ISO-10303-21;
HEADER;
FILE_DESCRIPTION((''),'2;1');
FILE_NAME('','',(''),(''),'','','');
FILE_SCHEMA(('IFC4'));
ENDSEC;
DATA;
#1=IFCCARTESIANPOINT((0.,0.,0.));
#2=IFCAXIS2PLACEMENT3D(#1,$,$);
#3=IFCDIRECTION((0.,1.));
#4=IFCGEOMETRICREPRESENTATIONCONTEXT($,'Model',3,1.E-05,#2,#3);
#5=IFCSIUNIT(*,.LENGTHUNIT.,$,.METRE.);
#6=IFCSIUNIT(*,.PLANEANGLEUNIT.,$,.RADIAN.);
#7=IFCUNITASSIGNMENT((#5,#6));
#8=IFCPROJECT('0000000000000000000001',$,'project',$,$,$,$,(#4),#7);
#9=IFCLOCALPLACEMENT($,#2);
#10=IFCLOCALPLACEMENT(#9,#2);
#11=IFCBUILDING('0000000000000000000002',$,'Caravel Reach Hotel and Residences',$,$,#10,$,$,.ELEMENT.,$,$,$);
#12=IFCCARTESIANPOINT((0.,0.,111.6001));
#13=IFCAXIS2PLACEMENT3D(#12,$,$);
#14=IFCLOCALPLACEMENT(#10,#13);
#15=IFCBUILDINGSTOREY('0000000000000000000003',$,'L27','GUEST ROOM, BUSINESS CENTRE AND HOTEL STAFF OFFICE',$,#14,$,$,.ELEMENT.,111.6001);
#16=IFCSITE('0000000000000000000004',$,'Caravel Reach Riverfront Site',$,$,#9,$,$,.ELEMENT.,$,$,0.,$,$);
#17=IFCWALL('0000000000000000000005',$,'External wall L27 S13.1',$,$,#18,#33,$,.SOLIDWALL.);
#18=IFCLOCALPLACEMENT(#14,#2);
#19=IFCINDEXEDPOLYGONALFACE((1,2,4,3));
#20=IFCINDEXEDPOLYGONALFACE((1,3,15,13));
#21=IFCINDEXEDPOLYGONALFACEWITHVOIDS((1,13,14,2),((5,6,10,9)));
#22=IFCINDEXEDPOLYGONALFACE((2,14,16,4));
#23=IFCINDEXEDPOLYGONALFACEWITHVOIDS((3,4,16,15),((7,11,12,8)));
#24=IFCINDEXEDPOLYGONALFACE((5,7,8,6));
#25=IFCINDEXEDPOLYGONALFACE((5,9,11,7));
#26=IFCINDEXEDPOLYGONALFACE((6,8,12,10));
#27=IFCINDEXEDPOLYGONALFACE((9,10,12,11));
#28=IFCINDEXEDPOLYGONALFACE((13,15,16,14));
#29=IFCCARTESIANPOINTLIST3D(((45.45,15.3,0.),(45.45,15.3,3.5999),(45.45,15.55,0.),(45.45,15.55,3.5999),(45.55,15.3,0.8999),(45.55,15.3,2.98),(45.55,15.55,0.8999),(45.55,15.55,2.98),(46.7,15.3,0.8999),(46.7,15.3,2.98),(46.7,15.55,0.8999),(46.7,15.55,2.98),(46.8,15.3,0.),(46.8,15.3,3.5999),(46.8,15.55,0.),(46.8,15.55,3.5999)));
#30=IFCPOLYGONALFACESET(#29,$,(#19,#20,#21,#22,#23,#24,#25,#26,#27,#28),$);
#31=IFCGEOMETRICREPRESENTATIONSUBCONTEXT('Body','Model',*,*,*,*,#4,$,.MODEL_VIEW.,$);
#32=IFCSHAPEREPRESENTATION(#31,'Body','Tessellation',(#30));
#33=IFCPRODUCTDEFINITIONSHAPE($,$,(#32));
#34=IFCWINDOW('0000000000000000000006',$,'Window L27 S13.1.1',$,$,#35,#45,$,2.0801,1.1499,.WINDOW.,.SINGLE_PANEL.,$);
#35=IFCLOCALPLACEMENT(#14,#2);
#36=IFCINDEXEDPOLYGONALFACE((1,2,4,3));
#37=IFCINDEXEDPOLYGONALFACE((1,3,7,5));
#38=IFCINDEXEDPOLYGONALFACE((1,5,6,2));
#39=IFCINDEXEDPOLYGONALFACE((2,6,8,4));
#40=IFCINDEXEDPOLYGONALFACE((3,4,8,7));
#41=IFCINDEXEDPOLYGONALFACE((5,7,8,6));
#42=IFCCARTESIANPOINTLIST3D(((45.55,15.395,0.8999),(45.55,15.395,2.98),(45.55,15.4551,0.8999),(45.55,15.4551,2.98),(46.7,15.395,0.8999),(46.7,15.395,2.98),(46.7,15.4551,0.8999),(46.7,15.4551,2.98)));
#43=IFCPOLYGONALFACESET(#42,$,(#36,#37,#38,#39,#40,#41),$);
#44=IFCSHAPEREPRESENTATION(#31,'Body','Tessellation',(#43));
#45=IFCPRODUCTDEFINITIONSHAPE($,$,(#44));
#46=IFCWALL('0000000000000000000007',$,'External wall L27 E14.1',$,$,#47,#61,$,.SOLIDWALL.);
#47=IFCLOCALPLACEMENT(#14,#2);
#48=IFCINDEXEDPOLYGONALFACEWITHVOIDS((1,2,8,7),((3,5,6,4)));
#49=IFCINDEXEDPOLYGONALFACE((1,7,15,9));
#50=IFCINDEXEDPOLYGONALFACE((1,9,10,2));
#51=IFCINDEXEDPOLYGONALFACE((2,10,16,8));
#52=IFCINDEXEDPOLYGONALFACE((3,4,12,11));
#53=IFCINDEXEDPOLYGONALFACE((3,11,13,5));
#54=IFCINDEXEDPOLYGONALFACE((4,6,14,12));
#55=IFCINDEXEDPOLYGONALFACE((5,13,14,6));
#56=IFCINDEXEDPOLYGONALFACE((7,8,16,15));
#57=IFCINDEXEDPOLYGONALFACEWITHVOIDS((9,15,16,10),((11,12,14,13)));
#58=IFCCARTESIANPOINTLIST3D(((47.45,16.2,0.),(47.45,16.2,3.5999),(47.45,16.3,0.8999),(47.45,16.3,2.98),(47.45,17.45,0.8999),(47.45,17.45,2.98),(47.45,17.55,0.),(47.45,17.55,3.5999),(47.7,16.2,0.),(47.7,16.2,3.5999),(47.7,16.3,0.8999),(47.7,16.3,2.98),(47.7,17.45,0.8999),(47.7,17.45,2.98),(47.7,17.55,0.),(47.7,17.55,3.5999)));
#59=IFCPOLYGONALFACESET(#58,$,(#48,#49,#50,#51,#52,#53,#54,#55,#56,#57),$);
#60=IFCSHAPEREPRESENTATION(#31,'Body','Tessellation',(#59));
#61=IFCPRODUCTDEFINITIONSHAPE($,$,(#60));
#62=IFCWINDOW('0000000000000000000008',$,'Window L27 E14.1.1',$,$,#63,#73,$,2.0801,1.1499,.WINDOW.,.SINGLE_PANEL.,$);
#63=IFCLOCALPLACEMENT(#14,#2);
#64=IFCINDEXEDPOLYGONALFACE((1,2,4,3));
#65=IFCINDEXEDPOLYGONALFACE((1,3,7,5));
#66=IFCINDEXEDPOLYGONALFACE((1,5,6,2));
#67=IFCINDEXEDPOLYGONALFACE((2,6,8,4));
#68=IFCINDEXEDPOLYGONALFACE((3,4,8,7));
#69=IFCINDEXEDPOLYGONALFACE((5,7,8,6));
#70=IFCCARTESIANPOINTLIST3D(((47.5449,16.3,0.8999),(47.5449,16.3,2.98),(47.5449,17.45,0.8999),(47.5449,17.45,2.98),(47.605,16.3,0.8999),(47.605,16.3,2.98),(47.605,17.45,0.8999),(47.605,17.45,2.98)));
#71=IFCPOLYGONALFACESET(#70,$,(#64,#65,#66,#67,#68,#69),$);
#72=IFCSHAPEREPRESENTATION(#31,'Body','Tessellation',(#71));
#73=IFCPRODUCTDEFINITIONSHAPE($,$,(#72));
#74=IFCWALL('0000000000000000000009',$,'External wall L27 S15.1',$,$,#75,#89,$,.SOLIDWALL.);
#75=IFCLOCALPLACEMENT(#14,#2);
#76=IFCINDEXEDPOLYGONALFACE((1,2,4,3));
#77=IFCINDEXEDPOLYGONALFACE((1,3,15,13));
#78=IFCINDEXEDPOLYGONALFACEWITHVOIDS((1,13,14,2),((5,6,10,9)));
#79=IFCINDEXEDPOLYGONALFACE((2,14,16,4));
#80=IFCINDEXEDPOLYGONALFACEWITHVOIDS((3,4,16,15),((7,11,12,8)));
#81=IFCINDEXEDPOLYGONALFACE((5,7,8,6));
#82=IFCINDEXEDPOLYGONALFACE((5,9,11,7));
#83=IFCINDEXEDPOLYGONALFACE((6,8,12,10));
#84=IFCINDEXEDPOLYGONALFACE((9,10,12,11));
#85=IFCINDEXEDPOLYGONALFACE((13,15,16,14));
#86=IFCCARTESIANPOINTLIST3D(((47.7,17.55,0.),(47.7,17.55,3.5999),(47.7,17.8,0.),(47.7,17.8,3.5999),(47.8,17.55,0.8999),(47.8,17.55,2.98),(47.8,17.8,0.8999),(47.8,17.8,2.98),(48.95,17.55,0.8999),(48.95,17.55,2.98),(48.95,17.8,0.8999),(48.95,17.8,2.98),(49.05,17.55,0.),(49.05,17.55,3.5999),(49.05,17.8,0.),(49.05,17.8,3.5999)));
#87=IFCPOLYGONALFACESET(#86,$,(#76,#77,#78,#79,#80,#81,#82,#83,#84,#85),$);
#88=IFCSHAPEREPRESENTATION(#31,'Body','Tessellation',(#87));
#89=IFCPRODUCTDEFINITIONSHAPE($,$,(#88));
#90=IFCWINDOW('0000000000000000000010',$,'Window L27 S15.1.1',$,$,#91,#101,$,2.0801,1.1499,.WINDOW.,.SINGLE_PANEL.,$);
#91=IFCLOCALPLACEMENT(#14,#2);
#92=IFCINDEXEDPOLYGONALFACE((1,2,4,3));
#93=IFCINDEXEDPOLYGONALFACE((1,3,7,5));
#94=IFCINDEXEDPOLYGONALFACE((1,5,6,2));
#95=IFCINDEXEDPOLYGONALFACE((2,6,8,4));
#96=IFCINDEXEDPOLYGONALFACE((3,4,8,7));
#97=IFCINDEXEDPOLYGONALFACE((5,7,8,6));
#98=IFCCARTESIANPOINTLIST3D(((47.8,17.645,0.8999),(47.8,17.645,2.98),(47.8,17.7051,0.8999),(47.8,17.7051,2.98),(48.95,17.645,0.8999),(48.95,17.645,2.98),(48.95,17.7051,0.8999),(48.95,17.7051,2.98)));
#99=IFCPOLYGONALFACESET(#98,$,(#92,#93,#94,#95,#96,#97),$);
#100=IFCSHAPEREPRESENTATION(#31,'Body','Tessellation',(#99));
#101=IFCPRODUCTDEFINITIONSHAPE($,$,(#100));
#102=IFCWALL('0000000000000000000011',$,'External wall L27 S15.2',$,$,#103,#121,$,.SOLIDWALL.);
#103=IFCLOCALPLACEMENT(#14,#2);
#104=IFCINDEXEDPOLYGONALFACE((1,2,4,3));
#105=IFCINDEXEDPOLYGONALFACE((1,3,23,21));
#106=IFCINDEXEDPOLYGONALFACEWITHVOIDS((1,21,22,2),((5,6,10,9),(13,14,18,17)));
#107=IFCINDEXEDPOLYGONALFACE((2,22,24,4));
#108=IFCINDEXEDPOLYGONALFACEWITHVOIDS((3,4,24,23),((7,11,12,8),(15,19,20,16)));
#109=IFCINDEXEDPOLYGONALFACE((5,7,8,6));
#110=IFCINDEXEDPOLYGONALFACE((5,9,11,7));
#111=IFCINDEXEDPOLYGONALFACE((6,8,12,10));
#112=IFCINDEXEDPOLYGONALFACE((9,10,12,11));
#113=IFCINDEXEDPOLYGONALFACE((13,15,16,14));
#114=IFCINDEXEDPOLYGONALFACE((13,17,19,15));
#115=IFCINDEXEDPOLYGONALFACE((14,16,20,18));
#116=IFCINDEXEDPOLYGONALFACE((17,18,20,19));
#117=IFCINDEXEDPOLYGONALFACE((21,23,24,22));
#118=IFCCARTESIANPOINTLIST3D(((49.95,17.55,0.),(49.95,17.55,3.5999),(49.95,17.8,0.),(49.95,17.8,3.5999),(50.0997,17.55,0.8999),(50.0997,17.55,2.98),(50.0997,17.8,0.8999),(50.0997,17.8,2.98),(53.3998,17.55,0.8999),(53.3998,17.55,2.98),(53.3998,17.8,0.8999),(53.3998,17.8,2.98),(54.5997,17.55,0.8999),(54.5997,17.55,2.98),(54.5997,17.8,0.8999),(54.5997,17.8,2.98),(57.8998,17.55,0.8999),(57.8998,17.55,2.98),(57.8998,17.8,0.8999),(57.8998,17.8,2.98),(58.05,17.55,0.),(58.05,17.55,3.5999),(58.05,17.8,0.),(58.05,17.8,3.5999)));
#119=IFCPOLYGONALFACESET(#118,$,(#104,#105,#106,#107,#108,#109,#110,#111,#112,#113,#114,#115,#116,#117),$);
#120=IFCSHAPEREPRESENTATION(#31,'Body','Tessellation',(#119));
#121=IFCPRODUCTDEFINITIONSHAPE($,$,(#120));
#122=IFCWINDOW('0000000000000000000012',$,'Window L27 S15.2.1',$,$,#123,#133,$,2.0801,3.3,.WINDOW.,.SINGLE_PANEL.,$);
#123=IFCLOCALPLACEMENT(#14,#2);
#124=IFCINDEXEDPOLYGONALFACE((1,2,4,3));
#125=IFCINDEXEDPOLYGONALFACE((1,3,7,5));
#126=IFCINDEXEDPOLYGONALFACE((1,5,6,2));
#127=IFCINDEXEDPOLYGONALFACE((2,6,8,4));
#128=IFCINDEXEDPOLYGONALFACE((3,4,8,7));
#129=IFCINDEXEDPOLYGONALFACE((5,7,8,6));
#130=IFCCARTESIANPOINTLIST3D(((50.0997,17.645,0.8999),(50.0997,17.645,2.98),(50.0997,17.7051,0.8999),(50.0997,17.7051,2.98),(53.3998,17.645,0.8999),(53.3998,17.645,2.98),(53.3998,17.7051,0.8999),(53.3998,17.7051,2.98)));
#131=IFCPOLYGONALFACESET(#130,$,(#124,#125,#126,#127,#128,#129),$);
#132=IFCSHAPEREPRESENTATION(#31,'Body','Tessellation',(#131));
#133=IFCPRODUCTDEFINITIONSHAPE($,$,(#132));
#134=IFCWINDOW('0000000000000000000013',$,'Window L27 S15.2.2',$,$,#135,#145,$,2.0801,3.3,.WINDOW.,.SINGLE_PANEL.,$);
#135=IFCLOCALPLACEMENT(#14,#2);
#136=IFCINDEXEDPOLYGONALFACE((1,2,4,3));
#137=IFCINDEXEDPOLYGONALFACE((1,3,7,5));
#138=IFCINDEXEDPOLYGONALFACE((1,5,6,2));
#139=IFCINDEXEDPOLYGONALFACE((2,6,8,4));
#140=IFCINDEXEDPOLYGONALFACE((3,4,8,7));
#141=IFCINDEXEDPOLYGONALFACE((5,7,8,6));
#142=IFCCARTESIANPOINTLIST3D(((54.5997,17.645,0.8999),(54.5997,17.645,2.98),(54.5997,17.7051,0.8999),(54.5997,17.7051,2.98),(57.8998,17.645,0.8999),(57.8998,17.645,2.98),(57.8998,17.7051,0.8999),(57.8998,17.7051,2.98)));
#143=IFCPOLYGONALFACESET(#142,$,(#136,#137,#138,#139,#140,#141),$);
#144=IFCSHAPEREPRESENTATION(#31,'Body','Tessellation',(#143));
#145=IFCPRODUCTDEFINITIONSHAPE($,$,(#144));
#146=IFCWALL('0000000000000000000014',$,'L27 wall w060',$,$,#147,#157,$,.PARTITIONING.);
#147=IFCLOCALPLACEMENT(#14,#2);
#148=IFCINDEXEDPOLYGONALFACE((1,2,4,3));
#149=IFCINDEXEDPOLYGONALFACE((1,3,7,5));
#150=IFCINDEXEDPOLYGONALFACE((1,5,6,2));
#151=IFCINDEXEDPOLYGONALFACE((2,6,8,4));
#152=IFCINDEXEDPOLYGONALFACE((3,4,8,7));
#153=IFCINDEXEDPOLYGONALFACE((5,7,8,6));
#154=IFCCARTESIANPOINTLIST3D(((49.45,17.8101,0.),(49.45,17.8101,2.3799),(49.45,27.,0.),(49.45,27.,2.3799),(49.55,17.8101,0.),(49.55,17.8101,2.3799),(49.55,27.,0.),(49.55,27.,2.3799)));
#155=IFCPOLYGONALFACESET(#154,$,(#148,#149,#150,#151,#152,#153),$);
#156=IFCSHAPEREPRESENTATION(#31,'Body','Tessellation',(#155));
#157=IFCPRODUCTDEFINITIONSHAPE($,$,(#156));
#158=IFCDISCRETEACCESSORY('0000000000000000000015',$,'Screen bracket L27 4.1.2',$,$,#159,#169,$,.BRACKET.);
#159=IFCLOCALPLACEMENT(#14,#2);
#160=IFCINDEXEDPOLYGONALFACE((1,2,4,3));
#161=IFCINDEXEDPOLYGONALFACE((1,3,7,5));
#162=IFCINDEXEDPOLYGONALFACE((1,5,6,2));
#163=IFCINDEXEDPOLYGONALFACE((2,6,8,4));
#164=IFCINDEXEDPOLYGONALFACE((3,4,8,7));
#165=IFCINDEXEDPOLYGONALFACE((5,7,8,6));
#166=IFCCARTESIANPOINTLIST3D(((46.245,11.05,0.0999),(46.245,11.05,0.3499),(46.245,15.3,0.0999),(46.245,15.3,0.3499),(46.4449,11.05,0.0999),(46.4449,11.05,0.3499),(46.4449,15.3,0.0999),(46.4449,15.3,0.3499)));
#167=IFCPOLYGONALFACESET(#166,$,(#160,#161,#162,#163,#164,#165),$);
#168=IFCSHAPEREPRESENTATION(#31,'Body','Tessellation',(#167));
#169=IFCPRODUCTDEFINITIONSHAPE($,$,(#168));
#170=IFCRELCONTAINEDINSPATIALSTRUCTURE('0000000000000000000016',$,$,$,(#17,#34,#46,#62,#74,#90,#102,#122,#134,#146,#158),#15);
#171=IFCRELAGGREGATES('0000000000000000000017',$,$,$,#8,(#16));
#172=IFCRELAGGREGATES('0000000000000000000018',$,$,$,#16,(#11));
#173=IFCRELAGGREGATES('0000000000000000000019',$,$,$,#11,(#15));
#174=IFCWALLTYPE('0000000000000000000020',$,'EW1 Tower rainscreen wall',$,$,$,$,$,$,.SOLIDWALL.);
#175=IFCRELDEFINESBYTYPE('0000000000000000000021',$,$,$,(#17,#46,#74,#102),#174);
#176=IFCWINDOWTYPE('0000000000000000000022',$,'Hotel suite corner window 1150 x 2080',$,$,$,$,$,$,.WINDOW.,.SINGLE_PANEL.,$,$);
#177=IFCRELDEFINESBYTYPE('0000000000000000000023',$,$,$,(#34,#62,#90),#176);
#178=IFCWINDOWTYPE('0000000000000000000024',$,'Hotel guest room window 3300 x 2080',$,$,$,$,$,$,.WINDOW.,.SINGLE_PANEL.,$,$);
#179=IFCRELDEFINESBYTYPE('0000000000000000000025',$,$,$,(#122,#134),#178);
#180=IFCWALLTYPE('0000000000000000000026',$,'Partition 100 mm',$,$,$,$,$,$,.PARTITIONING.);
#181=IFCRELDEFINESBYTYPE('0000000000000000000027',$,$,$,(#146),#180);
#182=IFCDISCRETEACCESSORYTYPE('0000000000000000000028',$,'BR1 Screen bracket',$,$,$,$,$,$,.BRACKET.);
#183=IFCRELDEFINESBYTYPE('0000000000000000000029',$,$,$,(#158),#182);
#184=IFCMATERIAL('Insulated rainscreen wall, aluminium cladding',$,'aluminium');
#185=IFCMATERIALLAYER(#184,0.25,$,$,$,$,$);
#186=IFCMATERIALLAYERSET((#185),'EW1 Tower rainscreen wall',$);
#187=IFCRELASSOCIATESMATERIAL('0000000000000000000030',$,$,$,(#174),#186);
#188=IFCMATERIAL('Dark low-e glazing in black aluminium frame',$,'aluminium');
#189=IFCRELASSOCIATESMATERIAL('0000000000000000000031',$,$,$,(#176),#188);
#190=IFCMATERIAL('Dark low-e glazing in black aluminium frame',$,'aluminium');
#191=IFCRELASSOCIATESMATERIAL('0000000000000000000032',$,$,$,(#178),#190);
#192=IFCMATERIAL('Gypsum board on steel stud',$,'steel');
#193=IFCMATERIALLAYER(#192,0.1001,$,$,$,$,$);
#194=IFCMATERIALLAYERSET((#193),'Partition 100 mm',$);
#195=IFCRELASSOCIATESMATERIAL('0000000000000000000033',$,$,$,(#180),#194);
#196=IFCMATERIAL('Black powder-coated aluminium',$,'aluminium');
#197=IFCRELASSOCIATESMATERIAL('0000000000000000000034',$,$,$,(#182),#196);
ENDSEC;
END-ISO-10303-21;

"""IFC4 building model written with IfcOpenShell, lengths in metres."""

from ifc_helpers import new_model, si_unit, direction, frame, frame_2d, origin, origin_2d, place, context, subcontext, project, spatial, rectangle, extrude, material, layer, layer_set, type_object, element, fill, save


model = new_model("IFC4")

# Units and contexts
model_context = context("Model", 3, precision=1e-05, world=origin(), true_north=direction((0.0, 1.0)))
body_context = subcontext(model_context, "Body", "Model", "MODEL_VIEW")
ifc_project = project(units=[si_unit("LENGTHUNIT", "METRE"), si_unit("PLANEANGLEUNIT", "RADIAN")], contexts=[model_context])

# Site, building, storey
site_placement = place(None, origin())
site = spatial("IfcSite", under=ifc_project, at=site_placement, Name="Caravel Reach Riverfront Site", CompositionType="ELEMENT", RefElevation=0.0)
building_placement = place(site_placement, origin())
building = spatial("IfcBuilding", under=site, at=building_placement, Name="Caravel Reach Hotel and Residences", CompositionType="ELEMENT")
storey_placement = place(building_placement, frame((0.0, 0.0, 111.6001)))
storey = spatial("IfcBuildingStorey", under=building, at=storey_placement, Name="L27", Description="GUEST ROOM, BUSINESS CENTRE AND HOTEL STAFF OFFICE", CompositionType="ELEMENT", Elevation=111.6001)

# Walls, openings, windows
ifc_material_1 = material(Name="Insulated rainscreen wall, aluminium cladding", Category="aluminium")
ifc_layer_1 = layer(ifc_material_1, 0.25)
ifc_layer_set_1 = layer_set([ifc_layer_1], Name="EW1 Tower rainscreen wall")
wall_type_1 = type_object("IfcWallType", Name="EW1 Tower rainscreen wall", PredefinedType="SOLIDWALL", material=ifc_layer_set_1)
ifc_material_2 = material(Name="Dark low-e glazing in black aluminium frame", Category="aluminium")
window_type_1 = type_object("IfcWindowType", Name="Hotel suite corner window 1150 x 2080", PartitioningType="SINGLE_PANEL", PredefinedType="WINDOW", material=ifc_material_2)
wall_1_placement = place(storey_placement, frame((45.45, 15.425, 0.0), z_axis=(0.0, 0.0, 1.0), x_axis=(1.0, 0.0, 0.0)))
wall_1 = element("IfcWall", 1, at=wall_1_placement, inside=storey, type_object=wall_type_1, Name="External wall L27 S13.1", PredefinedType="SOLIDWALL", context=body_context, shape_type="SweptSolid", body=[
    extrude(rectangle(XDim=1.3501, YDim=0.25, at=frame_2d((0.675, 0.0))), origin(), (0.0, 0.0, 1.0), 3.5999),
])
opening_1_placement = place(wall_1_placement, frame((0.1001, 0.0, 0.8999)))
opening_1 = element("IfcOpeningElement", 2, at=opening_1_placement, cuts=wall_1, PredefinedType="OPENING", context=body_context, shape_type="SweptSolid", body=[
    extrude(rectangle(XDim=1.1499, YDim=2.0801, at=frame_2d((0.575, 1.04))), frame((0.0, 0.135, 0.0), z_axis=(0.0, -1.0, 0.0), x_axis=(1.0, 0.0, 0.0)), (0.0, 0.0, 1.0), 0.27),
])
window_1_placement = place(opening_1_placement, origin())
window_1 = element("IfcWindow", 3, at=window_1_placement, inside=storey, type_object=window_type_1, Name="Window L27 S13.1.1", OverallHeight=2.0801, OverallWidth=1.1499, PartitioningType="SINGLE_PANEL", PredefinedType="WINDOW", context=body_context, shape_type="SweptSolid", body=[
    extrude(rectangle(XDim=1.1499, YDim=2.0801, at=frame_2d((0.575, 1.04))), frame((0.0, 0.03, 0.0), z_axis=(0.0, -1.0, 0.0), x_axis=(1.0, 0.0, 0.0)), (0.0, 0.0, 1.0), 0.0601),
])
fill(opening_1, window_1)
wall_2_placement = place(storey_placement, frame((47.575, 16.2, 0.0), z_axis=(0.0, 0.0, 1.0), x_axis=(0.0, 1.0, 0.0)))
wall_2 = element("IfcWall", 4, at=wall_2_placement, inside=storey, type_object=wall_type_1, Name="External wall L27 E14.1", PredefinedType="SOLIDWALL", context=body_context, shape_type="SweptSolid", body=[
    extrude(rectangle(XDim=1.3501, YDim=0.25, at=frame_2d((0.675, 0.0))), origin(), (0.0, 0.0, 1.0), 3.5999),
])
opening_2_placement = place(wall_2_placement, frame((0.1001, 0.0, 0.8999)))
opening_2 = element("IfcOpeningElement", 5, at=opening_2_placement, cuts=wall_2, PredefinedType="OPENING", context=body_context, shape_type="SweptSolid", body=[
    extrude(rectangle(XDim=1.1499, YDim=2.0801, at=frame_2d((0.575, 1.04))), frame((0.0, 0.135, 0.0), z_axis=(0.0, -1.0, 0.0), x_axis=(1.0, 0.0, 0.0)), (0.0, 0.0, 1.0), 0.27),
])
window_2_placement = place(opening_2_placement, origin())
window_2 = element("IfcWindow", 6, at=window_2_placement, inside=storey, type_object=window_type_1, Name="Window L27 E14.1.1", OverallHeight=2.0801, OverallWidth=1.1499, PartitioningType="SINGLE_PANEL", PredefinedType="WINDOW", context=body_context, shape_type="SweptSolid", body=[
    extrude(rectangle(XDim=1.1499, YDim=2.0801, at=frame_2d((0.575, 1.04))), frame((0.0, 0.03, 0.0), z_axis=(0.0, -1.0, 0.0), x_axis=(1.0, 0.0, 0.0)), (0.0, 0.0, 1.0), 0.0601),
])
fill(opening_2, window_2)
wall_3_placement = place(storey_placement, frame((47.7, 17.675, 0.0), z_axis=(0.0, 0.0, 1.0), x_axis=(1.0, 0.0, 0.0)))
wall_3 = element("IfcWall", 7, at=wall_3_placement, inside=storey, type_object=wall_type_1, Name="External wall L27 S15.1", PredefinedType="SOLIDWALL", context=body_context, shape_type="SweptSolid", body=[
    extrude(rectangle(XDim=1.3501, YDim=0.25, at=frame_2d((0.675, 0.0))), origin(), (0.0, 0.0, 1.0), 3.5999),
])
opening_3_placement = place(wall_3_placement, frame((0.1001, 0.0, 0.8999)))
opening_3 = element("IfcOpeningElement", 8, at=opening_3_placement, cuts=wall_3, PredefinedType="OPENING", context=body_context, shape_type="SweptSolid", body=[
    extrude(rectangle(XDim=1.1499, YDim=2.0801, at=frame_2d((0.575, 1.04))), frame((0.0, 0.135, 0.0), z_axis=(0.0, -1.0, 0.0), x_axis=(1.0, 0.0, 0.0)), (0.0, 0.0, 1.0), 0.27),
])
window_3_placement = place(opening_3_placement, origin())
window_3 = element("IfcWindow", 9, at=window_3_placement, inside=storey, type_object=window_type_1, Name="Window L27 S15.1.1", OverallHeight=2.0801, OverallWidth=1.1499, PartitioningType="SINGLE_PANEL", PredefinedType="WINDOW", context=body_context, shape_type="SweptSolid", body=[
    extrude(rectangle(XDim=1.1499, YDim=2.0801, at=frame_2d((0.575, 1.04))), frame((0.0, 0.03, 0.0), z_axis=(0.0, -1.0, 0.0), x_axis=(1.0, 0.0, 0.0)), (0.0, 0.0, 1.0), 0.0601),
])
fill(opening_3, window_3)

# Wall, openings, windows
wall_4_placement = place(storey_placement, frame((49.95, 17.675, 0.0), z_axis=(0.0, 0.0, 1.0), x_axis=(1.0, 0.0, 0.0)))
wall_4 = element("IfcWall", 10, at=wall_4_placement, inside=storey, type_object=wall_type_1, Name="External wall L27 S15.2", PredefinedType="SOLIDWALL", context=body_context, shape_type="SweptSolid", body=[
    extrude(rectangle(XDim=8.1001, YDim=0.25, at=frame_2d((4.05, 0.0))), origin(), (0.0, 0.0, 1.0), 3.5999),
])
opening_4_placement = place(wall_4_placement, frame((0.1499, 0.0, 0.8999)))
opening_4 = element("IfcOpeningElement", 11, at=opening_4_placement, cuts=wall_4, PredefinedType="OPENING", context=body_context, shape_type="SweptSolid", body=[
    extrude(rectangle(XDim=3.3, YDim=2.0801, at=frame_2d((1.6499, 1.04))), frame((0.0, 0.135, 0.0), z_axis=(0.0, -1.0, 0.0), x_axis=(1.0, 0.0, 0.0)), (0.0, 0.0, 1.0), 0.27),
])
opening_5_placement = place(wall_4_placement, frame((4.6499, 0.0, 0.8999)))
opening_5 = element("IfcOpeningElement", 12, at=opening_5_placement, cuts=wall_4, PredefinedType="OPENING", context=body_context, shape_type="SweptSolid", body=[
    extrude(rectangle(XDim=3.3, YDim=2.0801, at=frame_2d((1.6499, 1.04))), frame((0.0, 0.135, 0.0), z_axis=(0.0, -1.0, 0.0), x_axis=(1.0, 0.0, 0.0)), (0.0, 0.0, 1.0), 0.27),
])
ifc_material_3 = material(Name="Dark low-e glazing in black aluminium frame", Category="aluminium")
window_type_2 = type_object("IfcWindowType", Name="Hotel guest room window 3300 x 2080", PartitioningType="SINGLE_PANEL", PredefinedType="WINDOW", material=ifc_material_3)
window_4_placement = place(opening_4_placement, origin())
window_4 = element("IfcWindow", 13, at=window_4_placement, inside=storey, type_object=window_type_2, Name="Window L27 S15.2.1", OverallHeight=2.0801, OverallWidth=3.3, PartitioningType="SINGLE_PANEL", PredefinedType="WINDOW", context=body_context, shape_type="SweptSolid", body=[
    extrude(rectangle(XDim=3.3, YDim=2.0801, at=frame_2d((1.6499, 1.04))), frame((0.0, 0.03, 0.0), z_axis=(0.0, -1.0, 0.0), x_axis=(1.0, 0.0, 0.0)), (0.0, 0.0, 1.0), 0.0601),
])
fill(opening_4, window_4)
window_5_placement = place(opening_5_placement, origin())
window_5 = element("IfcWindow", 14, at=window_5_placement, inside=storey, type_object=window_type_2, Name="Window L27 S15.2.2", OverallHeight=2.0801, OverallWidth=3.3, PartitioningType="SINGLE_PANEL", PredefinedType="WINDOW", context=body_context, shape_type="SweptSolid", body=[
    extrude(rectangle(XDim=3.3, YDim=2.0801, at=frame_2d((1.6499, 1.04))), frame((0.0, 0.03, 0.0), z_axis=(0.0, -1.0, 0.0), x_axis=(1.0, 0.0, 0.0)), (0.0, 0.0, 1.0), 0.0601),
])
fill(opening_5, window_5)

# Wall
ifc_material_4 = material(Name="Gypsum board on steel stud", Category="steel")
ifc_layer_2 = layer(ifc_material_4, 0.1001)
ifc_layer_set_2 = layer_set([ifc_layer_2], Name="Partition 100 mm")
wall_type_2 = type_object("IfcWallType", Name="Partition 100 mm", PredefinedType="PARTITIONING", material=ifc_layer_set_2)
wall_5_placement = place(storey_placement, frame((49.5, 17.8101, 0.0), z_axis=(0.0, 0.0, 1.0), x_axis=(0.0, 1.0, 0.0)))
element("IfcWall", 15, at=wall_5_placement, inside=storey, type_object=wall_type_2, Name="L27 wall w060", PredefinedType="PARTITIONING", context=body_context, shape_type="SweptSolid", body=[
    extrude(rectangle(XDim=9.1899, YDim=0.1001, at=frame_2d((4.595, 0.0))), origin(), (0.0, 0.0, 1.0), 2.3799),
])

# Discrete accessory
ifc_material_5 = material(Name="Black powder-coated aluminium", Category="aluminium")
discrete_accessory_type = type_object("IfcDiscreteAccessoryType", Name="BR1 Screen bracket", PredefinedType="BRACKET", material=ifc_material_5)
discrete_accessory_1_placement = place(storey_placement, frame((46.345, 13.175, 0.0999), z_axis=(0.0, 0.0, 1.0), x_axis=(0.0, -1.0, 0.0)))
element("IfcDiscreteAccessory", 16, at=discrete_accessory_1_placement, inside=storey, type_object=discrete_accessory_type, Name="Screen bracket L27 4.1.2", PredefinedType="BRACKET", context=body_context, shape_type="SweptSolid", body=[
    extrude(rectangle(XDim=4.25, YDim=0.2, at=origin_2d()), origin(), (0.0, 0.0, 1.0), 0.25),
])

save(model, "model.ifc")
